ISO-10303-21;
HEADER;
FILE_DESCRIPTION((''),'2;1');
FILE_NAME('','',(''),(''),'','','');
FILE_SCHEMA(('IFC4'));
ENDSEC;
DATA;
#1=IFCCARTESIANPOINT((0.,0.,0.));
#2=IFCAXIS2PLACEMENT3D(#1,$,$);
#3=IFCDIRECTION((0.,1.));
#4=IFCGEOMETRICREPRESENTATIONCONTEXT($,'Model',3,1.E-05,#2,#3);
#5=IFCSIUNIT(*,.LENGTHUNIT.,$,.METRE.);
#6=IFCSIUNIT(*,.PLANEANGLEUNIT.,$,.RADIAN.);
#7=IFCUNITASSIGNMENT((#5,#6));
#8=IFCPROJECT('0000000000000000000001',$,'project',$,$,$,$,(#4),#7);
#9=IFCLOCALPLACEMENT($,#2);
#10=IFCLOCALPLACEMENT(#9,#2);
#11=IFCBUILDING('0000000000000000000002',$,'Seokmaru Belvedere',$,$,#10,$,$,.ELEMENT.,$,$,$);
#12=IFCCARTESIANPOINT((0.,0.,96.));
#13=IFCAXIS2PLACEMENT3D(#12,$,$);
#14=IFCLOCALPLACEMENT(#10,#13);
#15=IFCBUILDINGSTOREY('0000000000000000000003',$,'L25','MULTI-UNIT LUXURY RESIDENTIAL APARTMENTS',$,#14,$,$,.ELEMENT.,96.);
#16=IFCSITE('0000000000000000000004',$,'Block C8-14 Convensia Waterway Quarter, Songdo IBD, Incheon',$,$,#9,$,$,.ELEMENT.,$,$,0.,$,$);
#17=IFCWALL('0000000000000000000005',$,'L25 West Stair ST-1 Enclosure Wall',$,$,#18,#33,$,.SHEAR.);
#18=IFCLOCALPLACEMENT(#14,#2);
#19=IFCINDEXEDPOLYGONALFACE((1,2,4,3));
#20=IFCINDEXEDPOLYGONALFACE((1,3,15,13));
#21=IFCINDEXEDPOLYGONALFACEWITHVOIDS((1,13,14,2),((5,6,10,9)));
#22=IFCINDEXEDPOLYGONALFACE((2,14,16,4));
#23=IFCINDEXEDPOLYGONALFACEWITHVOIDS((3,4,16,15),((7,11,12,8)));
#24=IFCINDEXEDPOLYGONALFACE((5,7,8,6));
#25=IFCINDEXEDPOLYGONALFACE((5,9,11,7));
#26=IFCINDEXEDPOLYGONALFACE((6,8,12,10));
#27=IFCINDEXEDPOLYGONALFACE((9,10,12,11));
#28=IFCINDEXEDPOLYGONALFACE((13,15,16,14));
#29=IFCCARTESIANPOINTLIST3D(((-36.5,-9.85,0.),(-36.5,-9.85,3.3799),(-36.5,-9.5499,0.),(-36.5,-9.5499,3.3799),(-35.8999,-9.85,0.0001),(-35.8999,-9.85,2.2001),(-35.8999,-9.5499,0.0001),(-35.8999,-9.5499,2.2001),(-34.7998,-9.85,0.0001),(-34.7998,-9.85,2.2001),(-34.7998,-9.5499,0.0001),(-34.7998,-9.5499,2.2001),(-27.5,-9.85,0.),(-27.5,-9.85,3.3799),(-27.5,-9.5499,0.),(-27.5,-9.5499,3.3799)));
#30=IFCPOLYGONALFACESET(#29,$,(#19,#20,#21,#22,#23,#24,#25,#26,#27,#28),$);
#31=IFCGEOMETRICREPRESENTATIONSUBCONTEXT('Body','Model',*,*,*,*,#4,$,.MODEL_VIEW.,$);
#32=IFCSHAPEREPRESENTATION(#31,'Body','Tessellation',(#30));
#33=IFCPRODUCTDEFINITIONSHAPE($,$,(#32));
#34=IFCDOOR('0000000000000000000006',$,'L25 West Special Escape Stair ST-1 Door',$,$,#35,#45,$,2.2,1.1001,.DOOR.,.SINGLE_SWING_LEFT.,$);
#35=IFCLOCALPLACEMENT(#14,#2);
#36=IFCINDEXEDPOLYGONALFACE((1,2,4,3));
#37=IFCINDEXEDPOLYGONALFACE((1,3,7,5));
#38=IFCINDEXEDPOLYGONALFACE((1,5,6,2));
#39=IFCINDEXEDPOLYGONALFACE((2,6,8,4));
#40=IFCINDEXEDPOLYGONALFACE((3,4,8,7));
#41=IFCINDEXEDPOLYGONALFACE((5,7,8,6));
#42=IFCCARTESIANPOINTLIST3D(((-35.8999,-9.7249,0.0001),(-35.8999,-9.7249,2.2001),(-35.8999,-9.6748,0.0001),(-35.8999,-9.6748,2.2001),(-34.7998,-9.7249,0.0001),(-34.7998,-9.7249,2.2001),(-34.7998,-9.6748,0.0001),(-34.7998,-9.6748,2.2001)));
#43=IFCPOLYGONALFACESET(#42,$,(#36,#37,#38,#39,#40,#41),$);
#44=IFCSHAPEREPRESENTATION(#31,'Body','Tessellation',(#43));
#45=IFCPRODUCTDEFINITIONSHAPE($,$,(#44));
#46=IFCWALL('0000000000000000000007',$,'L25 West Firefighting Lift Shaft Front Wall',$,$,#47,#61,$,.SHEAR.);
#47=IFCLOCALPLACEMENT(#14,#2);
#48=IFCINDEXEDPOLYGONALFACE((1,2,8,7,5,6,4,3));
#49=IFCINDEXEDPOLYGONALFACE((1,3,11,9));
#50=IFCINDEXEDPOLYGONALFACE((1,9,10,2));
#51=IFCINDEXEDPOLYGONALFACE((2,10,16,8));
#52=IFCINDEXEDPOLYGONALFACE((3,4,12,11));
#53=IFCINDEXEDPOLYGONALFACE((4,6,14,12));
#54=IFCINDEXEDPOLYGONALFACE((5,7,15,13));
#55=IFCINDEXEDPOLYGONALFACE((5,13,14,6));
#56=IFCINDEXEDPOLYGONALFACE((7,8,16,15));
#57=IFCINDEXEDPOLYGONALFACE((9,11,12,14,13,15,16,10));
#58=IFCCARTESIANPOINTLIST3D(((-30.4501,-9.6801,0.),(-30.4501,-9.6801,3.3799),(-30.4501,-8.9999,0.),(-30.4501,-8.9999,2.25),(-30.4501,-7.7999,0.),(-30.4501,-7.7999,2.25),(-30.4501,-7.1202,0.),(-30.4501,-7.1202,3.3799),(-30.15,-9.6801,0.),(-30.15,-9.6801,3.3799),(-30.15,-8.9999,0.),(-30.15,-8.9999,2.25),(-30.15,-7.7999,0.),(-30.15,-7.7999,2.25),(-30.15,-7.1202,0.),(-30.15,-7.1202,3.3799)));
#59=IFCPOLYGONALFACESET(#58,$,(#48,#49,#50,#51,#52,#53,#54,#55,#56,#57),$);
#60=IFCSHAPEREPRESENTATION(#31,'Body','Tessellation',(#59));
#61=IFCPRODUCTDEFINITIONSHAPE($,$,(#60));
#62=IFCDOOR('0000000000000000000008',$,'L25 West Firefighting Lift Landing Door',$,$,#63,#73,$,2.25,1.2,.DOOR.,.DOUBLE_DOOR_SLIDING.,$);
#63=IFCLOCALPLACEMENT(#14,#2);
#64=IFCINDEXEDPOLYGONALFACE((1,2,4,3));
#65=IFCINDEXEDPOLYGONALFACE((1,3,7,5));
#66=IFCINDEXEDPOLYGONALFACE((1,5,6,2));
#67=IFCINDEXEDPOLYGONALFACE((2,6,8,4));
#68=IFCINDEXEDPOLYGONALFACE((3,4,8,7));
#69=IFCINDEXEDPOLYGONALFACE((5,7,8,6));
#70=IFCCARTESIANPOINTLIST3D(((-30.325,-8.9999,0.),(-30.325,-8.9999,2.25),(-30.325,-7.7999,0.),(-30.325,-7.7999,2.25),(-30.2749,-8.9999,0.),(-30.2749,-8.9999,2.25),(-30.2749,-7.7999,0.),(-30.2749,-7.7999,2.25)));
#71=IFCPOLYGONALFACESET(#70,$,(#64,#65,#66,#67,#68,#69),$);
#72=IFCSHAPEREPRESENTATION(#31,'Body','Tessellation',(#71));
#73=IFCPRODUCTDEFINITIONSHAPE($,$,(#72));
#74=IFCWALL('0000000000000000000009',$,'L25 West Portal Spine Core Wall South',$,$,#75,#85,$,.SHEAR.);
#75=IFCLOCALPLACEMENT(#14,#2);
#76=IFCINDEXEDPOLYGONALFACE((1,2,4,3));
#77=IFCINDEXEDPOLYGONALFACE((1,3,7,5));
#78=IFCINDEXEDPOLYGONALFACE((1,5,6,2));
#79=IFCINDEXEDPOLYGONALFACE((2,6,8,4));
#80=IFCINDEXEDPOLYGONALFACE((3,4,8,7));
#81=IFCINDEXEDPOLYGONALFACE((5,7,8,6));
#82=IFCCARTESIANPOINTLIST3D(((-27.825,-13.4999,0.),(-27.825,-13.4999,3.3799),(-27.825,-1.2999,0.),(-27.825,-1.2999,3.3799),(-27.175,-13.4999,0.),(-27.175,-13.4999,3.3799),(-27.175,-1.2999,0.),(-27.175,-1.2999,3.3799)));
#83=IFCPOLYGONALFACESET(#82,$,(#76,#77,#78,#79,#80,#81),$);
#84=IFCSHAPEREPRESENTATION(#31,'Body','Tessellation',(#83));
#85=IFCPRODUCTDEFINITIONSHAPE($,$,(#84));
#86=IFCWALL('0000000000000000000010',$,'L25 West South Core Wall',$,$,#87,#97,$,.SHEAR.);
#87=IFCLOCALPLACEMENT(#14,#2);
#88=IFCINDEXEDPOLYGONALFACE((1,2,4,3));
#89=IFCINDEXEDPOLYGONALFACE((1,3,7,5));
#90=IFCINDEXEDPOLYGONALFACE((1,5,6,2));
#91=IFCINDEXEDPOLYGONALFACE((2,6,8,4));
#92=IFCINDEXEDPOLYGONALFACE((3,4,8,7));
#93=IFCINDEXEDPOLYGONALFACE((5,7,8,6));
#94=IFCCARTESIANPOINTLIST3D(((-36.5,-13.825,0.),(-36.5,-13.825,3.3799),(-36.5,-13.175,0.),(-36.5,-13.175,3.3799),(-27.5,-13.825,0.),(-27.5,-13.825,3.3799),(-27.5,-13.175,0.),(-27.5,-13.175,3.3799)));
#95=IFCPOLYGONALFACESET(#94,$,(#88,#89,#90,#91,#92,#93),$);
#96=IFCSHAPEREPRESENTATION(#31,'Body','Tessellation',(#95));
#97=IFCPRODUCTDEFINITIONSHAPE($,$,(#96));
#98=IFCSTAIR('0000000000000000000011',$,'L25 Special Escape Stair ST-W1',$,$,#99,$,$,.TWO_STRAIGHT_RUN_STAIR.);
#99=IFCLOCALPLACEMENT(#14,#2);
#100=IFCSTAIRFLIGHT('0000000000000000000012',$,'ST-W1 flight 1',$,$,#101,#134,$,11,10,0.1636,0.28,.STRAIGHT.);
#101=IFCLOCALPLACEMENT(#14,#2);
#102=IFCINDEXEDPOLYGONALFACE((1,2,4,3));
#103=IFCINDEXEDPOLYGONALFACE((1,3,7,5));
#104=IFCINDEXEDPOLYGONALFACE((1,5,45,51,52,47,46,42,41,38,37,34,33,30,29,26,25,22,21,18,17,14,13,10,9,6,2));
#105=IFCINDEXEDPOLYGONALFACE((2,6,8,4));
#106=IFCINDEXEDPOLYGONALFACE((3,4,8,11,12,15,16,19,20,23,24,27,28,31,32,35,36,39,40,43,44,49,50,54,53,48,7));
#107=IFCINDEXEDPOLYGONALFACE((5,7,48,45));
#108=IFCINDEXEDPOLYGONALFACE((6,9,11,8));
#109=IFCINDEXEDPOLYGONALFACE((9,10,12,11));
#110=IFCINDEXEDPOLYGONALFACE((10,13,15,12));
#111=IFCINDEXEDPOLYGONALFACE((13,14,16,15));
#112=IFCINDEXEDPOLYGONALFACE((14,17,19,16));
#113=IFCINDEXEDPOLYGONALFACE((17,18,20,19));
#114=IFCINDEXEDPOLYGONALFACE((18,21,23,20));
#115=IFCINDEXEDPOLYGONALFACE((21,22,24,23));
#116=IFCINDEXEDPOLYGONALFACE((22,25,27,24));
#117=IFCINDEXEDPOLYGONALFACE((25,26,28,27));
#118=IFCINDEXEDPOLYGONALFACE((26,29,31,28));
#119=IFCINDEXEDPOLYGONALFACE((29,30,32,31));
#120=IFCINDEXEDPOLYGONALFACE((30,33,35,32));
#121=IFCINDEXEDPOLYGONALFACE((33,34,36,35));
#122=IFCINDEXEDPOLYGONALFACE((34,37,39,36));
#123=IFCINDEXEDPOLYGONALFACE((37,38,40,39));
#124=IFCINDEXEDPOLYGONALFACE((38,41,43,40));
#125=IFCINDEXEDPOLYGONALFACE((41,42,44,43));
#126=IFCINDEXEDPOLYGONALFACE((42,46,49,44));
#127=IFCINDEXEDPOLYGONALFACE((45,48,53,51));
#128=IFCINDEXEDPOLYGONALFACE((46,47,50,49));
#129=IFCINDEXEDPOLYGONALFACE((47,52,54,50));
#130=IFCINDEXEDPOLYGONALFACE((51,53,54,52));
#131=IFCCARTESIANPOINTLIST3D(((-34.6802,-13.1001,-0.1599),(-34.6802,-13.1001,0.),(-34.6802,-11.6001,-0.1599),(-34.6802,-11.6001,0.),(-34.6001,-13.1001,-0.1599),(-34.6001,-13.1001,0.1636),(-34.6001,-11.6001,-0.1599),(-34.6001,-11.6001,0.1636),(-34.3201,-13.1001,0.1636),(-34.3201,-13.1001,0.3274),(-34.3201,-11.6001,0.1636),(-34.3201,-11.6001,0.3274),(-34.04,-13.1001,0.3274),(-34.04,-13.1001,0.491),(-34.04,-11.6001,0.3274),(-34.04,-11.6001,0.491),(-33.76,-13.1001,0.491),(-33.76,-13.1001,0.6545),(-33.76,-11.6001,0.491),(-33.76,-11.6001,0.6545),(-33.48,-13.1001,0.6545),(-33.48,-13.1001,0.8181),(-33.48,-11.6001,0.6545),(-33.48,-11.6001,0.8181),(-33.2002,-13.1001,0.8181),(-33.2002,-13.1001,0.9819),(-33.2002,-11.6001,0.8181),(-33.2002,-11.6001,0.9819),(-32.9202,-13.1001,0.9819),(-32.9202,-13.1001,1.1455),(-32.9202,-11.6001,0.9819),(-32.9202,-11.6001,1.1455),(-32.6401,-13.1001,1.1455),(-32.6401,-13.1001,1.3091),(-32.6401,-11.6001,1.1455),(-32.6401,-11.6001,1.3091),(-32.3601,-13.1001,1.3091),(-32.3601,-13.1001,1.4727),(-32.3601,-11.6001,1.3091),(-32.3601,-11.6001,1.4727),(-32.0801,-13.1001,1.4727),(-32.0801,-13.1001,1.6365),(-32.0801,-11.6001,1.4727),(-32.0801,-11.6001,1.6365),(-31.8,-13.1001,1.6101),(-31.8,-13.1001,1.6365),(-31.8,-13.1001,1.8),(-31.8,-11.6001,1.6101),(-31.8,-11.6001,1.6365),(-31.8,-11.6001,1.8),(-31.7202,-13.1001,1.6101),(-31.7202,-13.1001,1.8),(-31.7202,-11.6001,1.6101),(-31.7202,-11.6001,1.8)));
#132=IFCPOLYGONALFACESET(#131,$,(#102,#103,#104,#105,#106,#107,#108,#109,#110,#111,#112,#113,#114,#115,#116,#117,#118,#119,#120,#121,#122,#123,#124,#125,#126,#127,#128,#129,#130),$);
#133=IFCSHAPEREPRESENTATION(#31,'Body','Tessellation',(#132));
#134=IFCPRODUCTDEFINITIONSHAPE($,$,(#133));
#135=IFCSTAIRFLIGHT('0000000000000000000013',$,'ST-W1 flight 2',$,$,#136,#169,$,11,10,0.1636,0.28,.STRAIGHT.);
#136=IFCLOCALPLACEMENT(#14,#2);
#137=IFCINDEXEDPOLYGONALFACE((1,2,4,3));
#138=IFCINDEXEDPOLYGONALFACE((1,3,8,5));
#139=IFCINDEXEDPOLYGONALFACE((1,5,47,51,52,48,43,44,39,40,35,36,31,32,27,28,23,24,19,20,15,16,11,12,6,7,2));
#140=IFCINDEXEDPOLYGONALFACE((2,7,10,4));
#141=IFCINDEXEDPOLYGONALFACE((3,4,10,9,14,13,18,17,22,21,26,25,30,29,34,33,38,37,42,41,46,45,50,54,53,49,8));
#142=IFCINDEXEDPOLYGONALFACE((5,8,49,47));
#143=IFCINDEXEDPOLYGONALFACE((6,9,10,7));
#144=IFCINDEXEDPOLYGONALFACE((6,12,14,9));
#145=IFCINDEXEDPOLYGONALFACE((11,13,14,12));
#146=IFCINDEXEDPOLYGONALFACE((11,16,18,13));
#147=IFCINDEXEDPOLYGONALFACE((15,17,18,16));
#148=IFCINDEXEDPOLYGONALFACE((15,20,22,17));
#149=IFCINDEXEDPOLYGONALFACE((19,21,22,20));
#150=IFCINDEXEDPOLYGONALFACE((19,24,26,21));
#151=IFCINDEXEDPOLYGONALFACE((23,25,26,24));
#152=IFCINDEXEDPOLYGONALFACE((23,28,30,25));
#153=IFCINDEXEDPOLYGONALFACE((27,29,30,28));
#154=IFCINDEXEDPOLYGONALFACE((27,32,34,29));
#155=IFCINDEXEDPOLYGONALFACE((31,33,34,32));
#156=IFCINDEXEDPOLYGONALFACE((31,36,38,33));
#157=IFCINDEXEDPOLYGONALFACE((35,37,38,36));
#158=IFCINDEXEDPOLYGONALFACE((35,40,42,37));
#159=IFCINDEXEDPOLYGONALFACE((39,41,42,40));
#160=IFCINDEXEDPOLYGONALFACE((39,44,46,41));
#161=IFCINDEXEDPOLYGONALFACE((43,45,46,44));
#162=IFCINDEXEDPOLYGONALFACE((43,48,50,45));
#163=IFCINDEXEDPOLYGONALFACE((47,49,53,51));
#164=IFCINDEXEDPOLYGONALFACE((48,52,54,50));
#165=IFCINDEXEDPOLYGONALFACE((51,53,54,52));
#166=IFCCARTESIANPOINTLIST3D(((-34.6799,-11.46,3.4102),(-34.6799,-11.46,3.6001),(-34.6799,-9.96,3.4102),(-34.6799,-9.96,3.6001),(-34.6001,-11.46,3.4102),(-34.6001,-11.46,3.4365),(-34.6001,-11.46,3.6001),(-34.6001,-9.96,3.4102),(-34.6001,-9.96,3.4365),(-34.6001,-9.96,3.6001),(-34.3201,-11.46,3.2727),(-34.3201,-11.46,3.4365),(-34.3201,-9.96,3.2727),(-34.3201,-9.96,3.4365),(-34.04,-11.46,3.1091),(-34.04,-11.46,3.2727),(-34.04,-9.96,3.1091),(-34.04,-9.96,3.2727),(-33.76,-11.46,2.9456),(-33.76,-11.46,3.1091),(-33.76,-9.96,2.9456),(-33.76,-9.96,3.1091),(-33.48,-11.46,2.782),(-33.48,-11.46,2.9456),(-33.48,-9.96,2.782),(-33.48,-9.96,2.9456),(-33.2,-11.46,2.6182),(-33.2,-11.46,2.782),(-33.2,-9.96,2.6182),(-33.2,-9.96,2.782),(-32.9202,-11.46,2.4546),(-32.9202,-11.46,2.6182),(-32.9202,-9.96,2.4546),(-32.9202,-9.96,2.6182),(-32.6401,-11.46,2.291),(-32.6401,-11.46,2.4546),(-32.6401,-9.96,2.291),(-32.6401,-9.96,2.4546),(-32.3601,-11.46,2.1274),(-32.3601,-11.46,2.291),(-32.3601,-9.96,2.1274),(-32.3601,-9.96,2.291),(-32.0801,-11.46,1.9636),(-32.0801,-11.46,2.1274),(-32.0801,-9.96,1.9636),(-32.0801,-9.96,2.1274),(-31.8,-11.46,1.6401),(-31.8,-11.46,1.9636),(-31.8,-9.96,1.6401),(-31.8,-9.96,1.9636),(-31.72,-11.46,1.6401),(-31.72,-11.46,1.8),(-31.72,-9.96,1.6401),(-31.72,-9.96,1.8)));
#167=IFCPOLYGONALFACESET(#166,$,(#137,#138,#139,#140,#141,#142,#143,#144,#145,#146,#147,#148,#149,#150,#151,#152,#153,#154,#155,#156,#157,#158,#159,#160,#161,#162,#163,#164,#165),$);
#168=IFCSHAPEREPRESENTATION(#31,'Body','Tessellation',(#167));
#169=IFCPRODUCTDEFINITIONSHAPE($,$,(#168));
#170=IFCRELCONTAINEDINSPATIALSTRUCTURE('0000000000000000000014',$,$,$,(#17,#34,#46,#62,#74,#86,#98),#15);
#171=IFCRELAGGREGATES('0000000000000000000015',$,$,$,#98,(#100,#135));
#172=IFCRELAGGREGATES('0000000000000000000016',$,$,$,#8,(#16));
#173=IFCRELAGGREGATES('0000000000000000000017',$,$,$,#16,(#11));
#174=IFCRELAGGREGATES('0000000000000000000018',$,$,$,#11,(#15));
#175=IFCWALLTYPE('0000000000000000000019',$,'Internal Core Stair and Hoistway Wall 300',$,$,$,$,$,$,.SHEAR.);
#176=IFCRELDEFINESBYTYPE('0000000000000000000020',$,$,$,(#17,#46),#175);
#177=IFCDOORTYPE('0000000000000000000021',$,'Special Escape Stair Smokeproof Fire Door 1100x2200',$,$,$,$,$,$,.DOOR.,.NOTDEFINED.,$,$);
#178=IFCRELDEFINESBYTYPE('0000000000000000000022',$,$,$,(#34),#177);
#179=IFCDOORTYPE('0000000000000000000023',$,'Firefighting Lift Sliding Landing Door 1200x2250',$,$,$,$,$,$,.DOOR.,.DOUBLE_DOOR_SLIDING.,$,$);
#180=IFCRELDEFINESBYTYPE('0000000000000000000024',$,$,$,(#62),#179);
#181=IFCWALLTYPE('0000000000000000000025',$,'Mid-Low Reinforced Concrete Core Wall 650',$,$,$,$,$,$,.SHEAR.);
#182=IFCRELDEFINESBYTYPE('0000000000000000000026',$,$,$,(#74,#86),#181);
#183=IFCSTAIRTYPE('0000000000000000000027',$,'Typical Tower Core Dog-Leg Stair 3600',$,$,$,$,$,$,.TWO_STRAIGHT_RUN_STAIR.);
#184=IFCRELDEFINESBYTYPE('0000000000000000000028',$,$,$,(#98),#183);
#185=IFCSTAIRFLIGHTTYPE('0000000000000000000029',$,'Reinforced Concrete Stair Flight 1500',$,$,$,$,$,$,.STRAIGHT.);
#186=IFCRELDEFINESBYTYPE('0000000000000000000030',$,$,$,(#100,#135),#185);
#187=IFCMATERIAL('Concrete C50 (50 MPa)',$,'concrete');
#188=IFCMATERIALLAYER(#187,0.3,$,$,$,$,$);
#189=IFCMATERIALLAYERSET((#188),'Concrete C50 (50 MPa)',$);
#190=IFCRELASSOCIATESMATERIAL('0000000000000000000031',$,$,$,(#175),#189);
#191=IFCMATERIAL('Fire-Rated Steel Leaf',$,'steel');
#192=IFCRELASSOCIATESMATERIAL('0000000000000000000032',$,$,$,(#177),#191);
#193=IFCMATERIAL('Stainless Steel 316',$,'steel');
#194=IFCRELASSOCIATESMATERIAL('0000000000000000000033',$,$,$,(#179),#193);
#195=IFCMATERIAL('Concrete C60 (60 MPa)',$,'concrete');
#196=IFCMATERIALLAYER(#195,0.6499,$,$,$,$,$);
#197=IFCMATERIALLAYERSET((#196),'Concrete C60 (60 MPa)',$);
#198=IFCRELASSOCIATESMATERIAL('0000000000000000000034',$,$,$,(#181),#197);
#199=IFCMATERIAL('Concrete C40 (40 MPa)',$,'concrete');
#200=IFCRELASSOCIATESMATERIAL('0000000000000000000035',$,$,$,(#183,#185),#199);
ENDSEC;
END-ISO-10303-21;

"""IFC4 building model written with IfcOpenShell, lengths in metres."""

from ifc_helpers import new_model, si_unit, direction, frame, frame_2d, origin, place, context, subcontext, project, spatial, polyline, rectangle, outline, extrude, source, transform, mapped, material, layer, layer_set, type_object, type_shapes, element, fill, aggregate, save


model = new_model("IFC4")

# Units and contexts
model_context = context("Model", 3, precision=1e-05, world=origin(), true_north=direction((0.0, 1.0)))
body_context = subcontext(model_context, "Body", "Model", "MODEL_VIEW")
ifc_project = project(units=[si_unit("LENGTHUNIT", "METRE"), si_unit("PLANEANGLEUNIT", "RADIAN")], contexts=[model_context])

# Site, building, storey
site_placement = place(None, origin())
site = spatial("IfcSite", under=ifc_project, at=site_placement, Name="Block C8-14 Convensia Waterway Quarter, Songdo IBD, Incheon", CompositionType="ELEMENT", RefElevation=0.0)
building_placement = place(site_placement, origin())
building = spatial("IfcBuilding", under=site, at=building_placement, Name="Seokmaru Belvedere", CompositionType="ELEMENT")
storey_placement = place(building_placement, frame((0.0, 0.0, 96.0)))
storey = spatial("IfcBuildingStorey", under=building, at=storey_placement, Name="L25", Description="MULTI-UNIT LUXURY RESIDENTIAL APARTMENTS", CompositionType="ELEMENT", Elevation=96.0)

# Shared definitions
ifc_material_1 = material(Name="Concrete C50 (50 MPa)", Category="concrete")

# Walls, openings, doors
ifc_layer_1 = layer(ifc_material_1, 0.3)
ifc_layer_set_1 = layer_set([ifc_layer_1], Name="Concrete C50 (50 MPa)")
wall_type_1 = type_object("IfcWallType", Name="Internal Core Stair and Hoistway Wall 300", PredefinedType="SHEAR", material=ifc_layer_set_1)
wall_1_placement = place(storey_placement, frame((-36.5, -9.7, 0.0), z_axis=(0.0, 0.0, 1.0), x_axis=(1.0, 0.0, 0.0)))
wall_1 = element("IfcWall", 1, at=wall_1_placement, inside=storey, type_object=wall_type_1, Name="L25 West Stair ST-1 Enclosure Wall", PredefinedType="SHEAR", context=body_context, shape_type="SweptSolid", body=[
    extrude(rectangle(XDim=9.0, YDim=0.3, at=frame_2d((4.5, 0.0))), origin(), (0.0, 0.0, 1.0), 3.3799),
])
opening_1_placement = place(wall_1_placement, frame((0.6001, 0.0, 0.0)))
opening_1 = element("IfcOpeningElement", 2, at=opening_1_placement, cuts=wall_1, PredefinedType="OPENING", context=body_context, shape_type="SweptSolid", body=[
    extrude(rectangle(XDim=1.1001, YDim=2.2, at=frame_2d((0.55, 1.1001))), frame((0.0, 0.1602, 0.0), z_axis=(0.0, -1.0, 0.0), x_axis=(1.0, 0.0, 0.0)), (0.0, 0.0, 1.0), 0.3201),
])
ifc_material_2 = material(Name="Fire-Rated Steel Leaf", Category="steel")
door_type_1 = type_object("IfcDoorType", Name="Special Escape Stair Smokeproof Fire Door 1100x2200", OperationType="NOTDEFINED", PredefinedType="DOOR", material=ifc_material_2)
shared_shape_1 = source(origin(), body_context, "Body", "SweptSolid", [
    extrude(rectangle(XDim=1.1001, YDim=2.2, at=frame_2d((0.55, 1.1001))), frame((0.0, 0.0249, 0.0), z_axis=(0.0, -1.0, 0.0), x_axis=(1.0, 0.0, 0.0)), (0.0, 0.0, 1.0), 0.05),
])
type_shapes(door_type_1, [shared_shape_1])
door_1_placement = place(opening_1_placement, frame((1.1001, 0.0, 0.0), z_axis=(0.0, 0.0, 1.0), x_axis=(-1.0, 0.0, 0.0)))
door_1 = element("IfcDoor", 3, at=door_1_placement, inside=storey, type_object=door_type_1, Name="L25 West Special Escape Stair ST-1 Door", OperationType="SINGLE_SWING_LEFT", OverallHeight=2.2, OverallWidth=1.1001, PredefinedType="DOOR", context=body_context, shape_type="MappedRepresentation", body=[
    mapped(shared_shape_1, transform((0.0, 0.0, 0.0), scale=1.0)),
])
fill(opening_1, door_1)
wall_2_placement = place(storey_placement, frame((-30.3, -9.6799, 0.0), z_axis=(0.0, 0.0, 1.0), x_axis=(0.0, 1.0, 0.0)))
wall_2 = element("IfcWall", 4, at=wall_2_placement, inside=storey, type_object=wall_type_1, Name="L25 West Firefighting Lift Shaft Front Wall", PredefinedType="SHEAR", context=body_context, shape_type="SweptSolid", body=[
    extrude(rectangle(XDim=2.5598, YDim=0.3, at=frame_2d((1.2798, 0.0))), origin(), (0.0, 0.0, 1.0), 3.3799),
])
opening_2_placement = place(wall_2_placement, frame((0.6799, 0.0, 0.0)))
opening_2 = element("IfcOpeningElement", 5, at=opening_2_placement, cuts=wall_2, PredefinedType="OPENING", context=body_context, shape_type="SweptSolid", body=[
    extrude(rectangle(XDim=1.2, YDim=2.25, at=frame_2d((0.6001, 1.125))), frame((0.0, 0.1602, 0.0), z_axis=(0.0, -1.0, 0.0), x_axis=(1.0, 0.0, 0.0)), (0.0, 0.0, 1.0), 0.3201),
])
ifc_material_3 = material(Name="Stainless Steel 316", Category="steel")
door_type_2 = type_object("IfcDoorType", Name="Firefighting Lift Sliding Landing Door 1200x2250", OperationType="DOUBLE_DOOR_SLIDING", PredefinedType="DOOR", material=ifc_material_3)
shared_shape_2 = source(origin(), body_context, "Body", "SweptSolid", [
    extrude(rectangle(XDim=1.2, YDim=2.25, at=frame_2d((0.6001, 1.125))), frame((0.0, 0.0249, 0.0), z_axis=(0.0, -1.0, 0.0), x_axis=(1.0, 0.0, 0.0)), (0.0, 0.0, 1.0), 0.05),
])
type_shapes(door_type_2, [shared_shape_2])
door_2_placement = place(opening_2_placement, origin())
door_2 = element("IfcDoor", 6, at=door_2_placement, inside=storey, type_object=door_type_2, Name="L25 West Firefighting Lift Landing Door", OperationType="DOUBLE_DOOR_SLIDING", OverallHeight=2.25, OverallWidth=1.2, PredefinedType="DOOR", context=body_context, shape_type="MappedRepresentation", body=[
    mapped(shared_shape_2, transform((0.0, 0.0, 0.0), scale=1.0)),
])
fill(opening_2, door_2)

# Walls
ifc_material_4 = material(Name="Concrete C60 (60 MPa)", Category="concrete")
ifc_layer_2 = layer(ifc_material_4, 0.6499)
ifc_layer_set_2 = layer_set([ifc_layer_2], Name="Concrete C60 (60 MPa)")
wall_type_2 = type_object("IfcWallType", Name="Mid-Low Reinforced Concrete Core Wall 650", PredefinedType="SHEAR", material=ifc_layer_set_2)
wall_3_placement = place(storey_placement, frame((-27.5, -13.5, 0.0), z_axis=(0.0, 0.0, 1.0), x_axis=(0.0, 1.0, 0.0)))
element("IfcWall", 7, at=wall_3_placement, inside=storey, type_object=wall_type_2, Name="L25 West Portal Spine Core Wall South", PredefinedType="SHEAR", context=body_context, shape_type="SweptSolid", body=[
    extrude(rectangle(XDim=12.2, YDim=0.6499, at=frame_2d((6.1001, 0.0))), origin(), (0.0, 0.0, 1.0), 3.3799),
])
wall_4_placement = place(storey_placement, frame((-36.5, -13.5, 0.0), z_axis=(0.0, 0.0, 1.0), x_axis=(1.0, 0.0, 0.0)))
element("IfcWall", 8, at=wall_4_placement, inside=storey, type_object=wall_type_2, Name="L25 West South Core Wall", PredefinedType="SHEAR", context=body_context, shape_type="SweptSolid", body=[
    extrude(rectangle(XDim=9.0, YDim=0.6499, at=frame_2d((4.5, 0.0))), origin(), (0.0, 0.0, 1.0), 3.3799),
])

# Stair, stair flights
ifc_material_5 = material(Name="Concrete C40 (40 MPa)", Category="concrete")
stair_type = type_object("IfcStairType", Name="Typical Tower Core Dog-Leg Stair 3600", PredefinedType="TWO_STRAIGHT_RUN_STAIR", material=ifc_material_5)
stair_placement = place(storey_placement, origin())
stair = element("IfcStair", 9, at=stair_placement, inside=storey, type_object=stair_type, Name="L25 Special Escape Stair ST-W1", PredefinedType="TWO_STRAIGHT_RUN_STAIR")
stair_flight_type = type_object("IfcStairFlightType", Name="Reinforced Concrete Stair Flight 1500", PredefinedType="STRAIGHT", material=ifc_material_5)
stair_flight_1_placement = place(storey_placement, frame((-34.6001, -12.3501, 0.0), z_axis=(0.0, 0.0, 1.0), x_axis=(1.0, 0.0, 0.0)))
stair_flight_1 = element("IfcStairFlight", 10, at=stair_flight_1_placement, type_object=stair_flight_type, Name="ST-W1 flight 1", NumberOfRisers=11, NumberOfTreads=10, PredefinedType="STRAIGHT", RiserHeight=0.1636, TreadLength=0.28, context=body_context, shape_type="SweptSolid", body=[
    extrude(outline(polyline([(-0.0801, 0.0), (0.0, 0.1636), (0.28, 0.1636), (0.28, 0.3274), (0.5601, 0.3274), (0.5601, 0.491), (0.8401, 0.491), (0.8401, 0.6545), (1.1201, 0.6545), (1.1201, 0.8181), (1.3999, 0.8181), (1.3999, 0.9819), (1.6799, 0.9819), (1.6799, 1.1455), (1.96, 1.1455), (1.96, 1.3091), (2.24, 1.3091), (2.24, 1.4727), (2.52, 1.4727), (2.52, 1.6365), (2.8, 1.6365), (2.8, 1.8), (2.8799, 1.8), (2.8799, 1.6101), (2.8, 1.6101), (0.0, -0.1599), (-0.0801, -0.1599), (-0.0801, 0.0)])), frame((0.0, 0.75, 0.0), z_axis=(0.0, -1.0, 0.0), x_axis=(1.0, 0.0, 0.0)), (0.0, 0.0, 1.0), 1.5),
])
stair_flight_2_placement = place(storey_placement, frame((-31.8, -10.71, 1.8), z_axis=(0.0, 0.0, 1.0), x_axis=(-1.0, 0.0, 0.0)))
stair_flight_2 = element("IfcStairFlight", 11, at=stair_flight_2_placement, type_object=stair_flight_type, Name="ST-W1 flight 2", NumberOfRisers=11, NumberOfTreads=10, PredefinedType="STRAIGHT", RiserHeight=0.1636, TreadLength=0.28, context=body_context, shape_type="SweptSolid", body=[
    extrude(outline(polyline([(-0.0801, 0.0), (0.0, 0.1636), (0.28, 0.1636), (0.28, 0.3274), (0.5601, 0.3274), (0.5601, 0.491), (0.8401, 0.491), (0.8401, 0.6545), (1.1201, 0.6545), (1.1201, 0.8181), (1.3999, 0.8181), (1.3999, 0.9819), (1.6799, 0.9819), (1.6799, 1.1455), (1.96, 1.1455), (1.96, 1.3091), (2.24, 1.3091), (2.24, 1.4727), (2.52, 1.4727), (2.52, 1.6365), (2.8, 1.6365), (2.8, 1.8), (2.8799, 1.8), (2.8799, 1.6101), (2.8, 1.6101), (0.0, -0.1599), (-0.0801, -0.1599), (-0.0801, 0.0)])), frame((0.0, 0.75, 0.0), z_axis=(0.0, -1.0, 0.0), x_axis=(1.0, 0.0, 0.0)), (0.0, 0.0, 1.0), 1.5),
])
aggregate(stair, [stair_flight_1, stair_flight_2])

save(model, "model.ifc")
